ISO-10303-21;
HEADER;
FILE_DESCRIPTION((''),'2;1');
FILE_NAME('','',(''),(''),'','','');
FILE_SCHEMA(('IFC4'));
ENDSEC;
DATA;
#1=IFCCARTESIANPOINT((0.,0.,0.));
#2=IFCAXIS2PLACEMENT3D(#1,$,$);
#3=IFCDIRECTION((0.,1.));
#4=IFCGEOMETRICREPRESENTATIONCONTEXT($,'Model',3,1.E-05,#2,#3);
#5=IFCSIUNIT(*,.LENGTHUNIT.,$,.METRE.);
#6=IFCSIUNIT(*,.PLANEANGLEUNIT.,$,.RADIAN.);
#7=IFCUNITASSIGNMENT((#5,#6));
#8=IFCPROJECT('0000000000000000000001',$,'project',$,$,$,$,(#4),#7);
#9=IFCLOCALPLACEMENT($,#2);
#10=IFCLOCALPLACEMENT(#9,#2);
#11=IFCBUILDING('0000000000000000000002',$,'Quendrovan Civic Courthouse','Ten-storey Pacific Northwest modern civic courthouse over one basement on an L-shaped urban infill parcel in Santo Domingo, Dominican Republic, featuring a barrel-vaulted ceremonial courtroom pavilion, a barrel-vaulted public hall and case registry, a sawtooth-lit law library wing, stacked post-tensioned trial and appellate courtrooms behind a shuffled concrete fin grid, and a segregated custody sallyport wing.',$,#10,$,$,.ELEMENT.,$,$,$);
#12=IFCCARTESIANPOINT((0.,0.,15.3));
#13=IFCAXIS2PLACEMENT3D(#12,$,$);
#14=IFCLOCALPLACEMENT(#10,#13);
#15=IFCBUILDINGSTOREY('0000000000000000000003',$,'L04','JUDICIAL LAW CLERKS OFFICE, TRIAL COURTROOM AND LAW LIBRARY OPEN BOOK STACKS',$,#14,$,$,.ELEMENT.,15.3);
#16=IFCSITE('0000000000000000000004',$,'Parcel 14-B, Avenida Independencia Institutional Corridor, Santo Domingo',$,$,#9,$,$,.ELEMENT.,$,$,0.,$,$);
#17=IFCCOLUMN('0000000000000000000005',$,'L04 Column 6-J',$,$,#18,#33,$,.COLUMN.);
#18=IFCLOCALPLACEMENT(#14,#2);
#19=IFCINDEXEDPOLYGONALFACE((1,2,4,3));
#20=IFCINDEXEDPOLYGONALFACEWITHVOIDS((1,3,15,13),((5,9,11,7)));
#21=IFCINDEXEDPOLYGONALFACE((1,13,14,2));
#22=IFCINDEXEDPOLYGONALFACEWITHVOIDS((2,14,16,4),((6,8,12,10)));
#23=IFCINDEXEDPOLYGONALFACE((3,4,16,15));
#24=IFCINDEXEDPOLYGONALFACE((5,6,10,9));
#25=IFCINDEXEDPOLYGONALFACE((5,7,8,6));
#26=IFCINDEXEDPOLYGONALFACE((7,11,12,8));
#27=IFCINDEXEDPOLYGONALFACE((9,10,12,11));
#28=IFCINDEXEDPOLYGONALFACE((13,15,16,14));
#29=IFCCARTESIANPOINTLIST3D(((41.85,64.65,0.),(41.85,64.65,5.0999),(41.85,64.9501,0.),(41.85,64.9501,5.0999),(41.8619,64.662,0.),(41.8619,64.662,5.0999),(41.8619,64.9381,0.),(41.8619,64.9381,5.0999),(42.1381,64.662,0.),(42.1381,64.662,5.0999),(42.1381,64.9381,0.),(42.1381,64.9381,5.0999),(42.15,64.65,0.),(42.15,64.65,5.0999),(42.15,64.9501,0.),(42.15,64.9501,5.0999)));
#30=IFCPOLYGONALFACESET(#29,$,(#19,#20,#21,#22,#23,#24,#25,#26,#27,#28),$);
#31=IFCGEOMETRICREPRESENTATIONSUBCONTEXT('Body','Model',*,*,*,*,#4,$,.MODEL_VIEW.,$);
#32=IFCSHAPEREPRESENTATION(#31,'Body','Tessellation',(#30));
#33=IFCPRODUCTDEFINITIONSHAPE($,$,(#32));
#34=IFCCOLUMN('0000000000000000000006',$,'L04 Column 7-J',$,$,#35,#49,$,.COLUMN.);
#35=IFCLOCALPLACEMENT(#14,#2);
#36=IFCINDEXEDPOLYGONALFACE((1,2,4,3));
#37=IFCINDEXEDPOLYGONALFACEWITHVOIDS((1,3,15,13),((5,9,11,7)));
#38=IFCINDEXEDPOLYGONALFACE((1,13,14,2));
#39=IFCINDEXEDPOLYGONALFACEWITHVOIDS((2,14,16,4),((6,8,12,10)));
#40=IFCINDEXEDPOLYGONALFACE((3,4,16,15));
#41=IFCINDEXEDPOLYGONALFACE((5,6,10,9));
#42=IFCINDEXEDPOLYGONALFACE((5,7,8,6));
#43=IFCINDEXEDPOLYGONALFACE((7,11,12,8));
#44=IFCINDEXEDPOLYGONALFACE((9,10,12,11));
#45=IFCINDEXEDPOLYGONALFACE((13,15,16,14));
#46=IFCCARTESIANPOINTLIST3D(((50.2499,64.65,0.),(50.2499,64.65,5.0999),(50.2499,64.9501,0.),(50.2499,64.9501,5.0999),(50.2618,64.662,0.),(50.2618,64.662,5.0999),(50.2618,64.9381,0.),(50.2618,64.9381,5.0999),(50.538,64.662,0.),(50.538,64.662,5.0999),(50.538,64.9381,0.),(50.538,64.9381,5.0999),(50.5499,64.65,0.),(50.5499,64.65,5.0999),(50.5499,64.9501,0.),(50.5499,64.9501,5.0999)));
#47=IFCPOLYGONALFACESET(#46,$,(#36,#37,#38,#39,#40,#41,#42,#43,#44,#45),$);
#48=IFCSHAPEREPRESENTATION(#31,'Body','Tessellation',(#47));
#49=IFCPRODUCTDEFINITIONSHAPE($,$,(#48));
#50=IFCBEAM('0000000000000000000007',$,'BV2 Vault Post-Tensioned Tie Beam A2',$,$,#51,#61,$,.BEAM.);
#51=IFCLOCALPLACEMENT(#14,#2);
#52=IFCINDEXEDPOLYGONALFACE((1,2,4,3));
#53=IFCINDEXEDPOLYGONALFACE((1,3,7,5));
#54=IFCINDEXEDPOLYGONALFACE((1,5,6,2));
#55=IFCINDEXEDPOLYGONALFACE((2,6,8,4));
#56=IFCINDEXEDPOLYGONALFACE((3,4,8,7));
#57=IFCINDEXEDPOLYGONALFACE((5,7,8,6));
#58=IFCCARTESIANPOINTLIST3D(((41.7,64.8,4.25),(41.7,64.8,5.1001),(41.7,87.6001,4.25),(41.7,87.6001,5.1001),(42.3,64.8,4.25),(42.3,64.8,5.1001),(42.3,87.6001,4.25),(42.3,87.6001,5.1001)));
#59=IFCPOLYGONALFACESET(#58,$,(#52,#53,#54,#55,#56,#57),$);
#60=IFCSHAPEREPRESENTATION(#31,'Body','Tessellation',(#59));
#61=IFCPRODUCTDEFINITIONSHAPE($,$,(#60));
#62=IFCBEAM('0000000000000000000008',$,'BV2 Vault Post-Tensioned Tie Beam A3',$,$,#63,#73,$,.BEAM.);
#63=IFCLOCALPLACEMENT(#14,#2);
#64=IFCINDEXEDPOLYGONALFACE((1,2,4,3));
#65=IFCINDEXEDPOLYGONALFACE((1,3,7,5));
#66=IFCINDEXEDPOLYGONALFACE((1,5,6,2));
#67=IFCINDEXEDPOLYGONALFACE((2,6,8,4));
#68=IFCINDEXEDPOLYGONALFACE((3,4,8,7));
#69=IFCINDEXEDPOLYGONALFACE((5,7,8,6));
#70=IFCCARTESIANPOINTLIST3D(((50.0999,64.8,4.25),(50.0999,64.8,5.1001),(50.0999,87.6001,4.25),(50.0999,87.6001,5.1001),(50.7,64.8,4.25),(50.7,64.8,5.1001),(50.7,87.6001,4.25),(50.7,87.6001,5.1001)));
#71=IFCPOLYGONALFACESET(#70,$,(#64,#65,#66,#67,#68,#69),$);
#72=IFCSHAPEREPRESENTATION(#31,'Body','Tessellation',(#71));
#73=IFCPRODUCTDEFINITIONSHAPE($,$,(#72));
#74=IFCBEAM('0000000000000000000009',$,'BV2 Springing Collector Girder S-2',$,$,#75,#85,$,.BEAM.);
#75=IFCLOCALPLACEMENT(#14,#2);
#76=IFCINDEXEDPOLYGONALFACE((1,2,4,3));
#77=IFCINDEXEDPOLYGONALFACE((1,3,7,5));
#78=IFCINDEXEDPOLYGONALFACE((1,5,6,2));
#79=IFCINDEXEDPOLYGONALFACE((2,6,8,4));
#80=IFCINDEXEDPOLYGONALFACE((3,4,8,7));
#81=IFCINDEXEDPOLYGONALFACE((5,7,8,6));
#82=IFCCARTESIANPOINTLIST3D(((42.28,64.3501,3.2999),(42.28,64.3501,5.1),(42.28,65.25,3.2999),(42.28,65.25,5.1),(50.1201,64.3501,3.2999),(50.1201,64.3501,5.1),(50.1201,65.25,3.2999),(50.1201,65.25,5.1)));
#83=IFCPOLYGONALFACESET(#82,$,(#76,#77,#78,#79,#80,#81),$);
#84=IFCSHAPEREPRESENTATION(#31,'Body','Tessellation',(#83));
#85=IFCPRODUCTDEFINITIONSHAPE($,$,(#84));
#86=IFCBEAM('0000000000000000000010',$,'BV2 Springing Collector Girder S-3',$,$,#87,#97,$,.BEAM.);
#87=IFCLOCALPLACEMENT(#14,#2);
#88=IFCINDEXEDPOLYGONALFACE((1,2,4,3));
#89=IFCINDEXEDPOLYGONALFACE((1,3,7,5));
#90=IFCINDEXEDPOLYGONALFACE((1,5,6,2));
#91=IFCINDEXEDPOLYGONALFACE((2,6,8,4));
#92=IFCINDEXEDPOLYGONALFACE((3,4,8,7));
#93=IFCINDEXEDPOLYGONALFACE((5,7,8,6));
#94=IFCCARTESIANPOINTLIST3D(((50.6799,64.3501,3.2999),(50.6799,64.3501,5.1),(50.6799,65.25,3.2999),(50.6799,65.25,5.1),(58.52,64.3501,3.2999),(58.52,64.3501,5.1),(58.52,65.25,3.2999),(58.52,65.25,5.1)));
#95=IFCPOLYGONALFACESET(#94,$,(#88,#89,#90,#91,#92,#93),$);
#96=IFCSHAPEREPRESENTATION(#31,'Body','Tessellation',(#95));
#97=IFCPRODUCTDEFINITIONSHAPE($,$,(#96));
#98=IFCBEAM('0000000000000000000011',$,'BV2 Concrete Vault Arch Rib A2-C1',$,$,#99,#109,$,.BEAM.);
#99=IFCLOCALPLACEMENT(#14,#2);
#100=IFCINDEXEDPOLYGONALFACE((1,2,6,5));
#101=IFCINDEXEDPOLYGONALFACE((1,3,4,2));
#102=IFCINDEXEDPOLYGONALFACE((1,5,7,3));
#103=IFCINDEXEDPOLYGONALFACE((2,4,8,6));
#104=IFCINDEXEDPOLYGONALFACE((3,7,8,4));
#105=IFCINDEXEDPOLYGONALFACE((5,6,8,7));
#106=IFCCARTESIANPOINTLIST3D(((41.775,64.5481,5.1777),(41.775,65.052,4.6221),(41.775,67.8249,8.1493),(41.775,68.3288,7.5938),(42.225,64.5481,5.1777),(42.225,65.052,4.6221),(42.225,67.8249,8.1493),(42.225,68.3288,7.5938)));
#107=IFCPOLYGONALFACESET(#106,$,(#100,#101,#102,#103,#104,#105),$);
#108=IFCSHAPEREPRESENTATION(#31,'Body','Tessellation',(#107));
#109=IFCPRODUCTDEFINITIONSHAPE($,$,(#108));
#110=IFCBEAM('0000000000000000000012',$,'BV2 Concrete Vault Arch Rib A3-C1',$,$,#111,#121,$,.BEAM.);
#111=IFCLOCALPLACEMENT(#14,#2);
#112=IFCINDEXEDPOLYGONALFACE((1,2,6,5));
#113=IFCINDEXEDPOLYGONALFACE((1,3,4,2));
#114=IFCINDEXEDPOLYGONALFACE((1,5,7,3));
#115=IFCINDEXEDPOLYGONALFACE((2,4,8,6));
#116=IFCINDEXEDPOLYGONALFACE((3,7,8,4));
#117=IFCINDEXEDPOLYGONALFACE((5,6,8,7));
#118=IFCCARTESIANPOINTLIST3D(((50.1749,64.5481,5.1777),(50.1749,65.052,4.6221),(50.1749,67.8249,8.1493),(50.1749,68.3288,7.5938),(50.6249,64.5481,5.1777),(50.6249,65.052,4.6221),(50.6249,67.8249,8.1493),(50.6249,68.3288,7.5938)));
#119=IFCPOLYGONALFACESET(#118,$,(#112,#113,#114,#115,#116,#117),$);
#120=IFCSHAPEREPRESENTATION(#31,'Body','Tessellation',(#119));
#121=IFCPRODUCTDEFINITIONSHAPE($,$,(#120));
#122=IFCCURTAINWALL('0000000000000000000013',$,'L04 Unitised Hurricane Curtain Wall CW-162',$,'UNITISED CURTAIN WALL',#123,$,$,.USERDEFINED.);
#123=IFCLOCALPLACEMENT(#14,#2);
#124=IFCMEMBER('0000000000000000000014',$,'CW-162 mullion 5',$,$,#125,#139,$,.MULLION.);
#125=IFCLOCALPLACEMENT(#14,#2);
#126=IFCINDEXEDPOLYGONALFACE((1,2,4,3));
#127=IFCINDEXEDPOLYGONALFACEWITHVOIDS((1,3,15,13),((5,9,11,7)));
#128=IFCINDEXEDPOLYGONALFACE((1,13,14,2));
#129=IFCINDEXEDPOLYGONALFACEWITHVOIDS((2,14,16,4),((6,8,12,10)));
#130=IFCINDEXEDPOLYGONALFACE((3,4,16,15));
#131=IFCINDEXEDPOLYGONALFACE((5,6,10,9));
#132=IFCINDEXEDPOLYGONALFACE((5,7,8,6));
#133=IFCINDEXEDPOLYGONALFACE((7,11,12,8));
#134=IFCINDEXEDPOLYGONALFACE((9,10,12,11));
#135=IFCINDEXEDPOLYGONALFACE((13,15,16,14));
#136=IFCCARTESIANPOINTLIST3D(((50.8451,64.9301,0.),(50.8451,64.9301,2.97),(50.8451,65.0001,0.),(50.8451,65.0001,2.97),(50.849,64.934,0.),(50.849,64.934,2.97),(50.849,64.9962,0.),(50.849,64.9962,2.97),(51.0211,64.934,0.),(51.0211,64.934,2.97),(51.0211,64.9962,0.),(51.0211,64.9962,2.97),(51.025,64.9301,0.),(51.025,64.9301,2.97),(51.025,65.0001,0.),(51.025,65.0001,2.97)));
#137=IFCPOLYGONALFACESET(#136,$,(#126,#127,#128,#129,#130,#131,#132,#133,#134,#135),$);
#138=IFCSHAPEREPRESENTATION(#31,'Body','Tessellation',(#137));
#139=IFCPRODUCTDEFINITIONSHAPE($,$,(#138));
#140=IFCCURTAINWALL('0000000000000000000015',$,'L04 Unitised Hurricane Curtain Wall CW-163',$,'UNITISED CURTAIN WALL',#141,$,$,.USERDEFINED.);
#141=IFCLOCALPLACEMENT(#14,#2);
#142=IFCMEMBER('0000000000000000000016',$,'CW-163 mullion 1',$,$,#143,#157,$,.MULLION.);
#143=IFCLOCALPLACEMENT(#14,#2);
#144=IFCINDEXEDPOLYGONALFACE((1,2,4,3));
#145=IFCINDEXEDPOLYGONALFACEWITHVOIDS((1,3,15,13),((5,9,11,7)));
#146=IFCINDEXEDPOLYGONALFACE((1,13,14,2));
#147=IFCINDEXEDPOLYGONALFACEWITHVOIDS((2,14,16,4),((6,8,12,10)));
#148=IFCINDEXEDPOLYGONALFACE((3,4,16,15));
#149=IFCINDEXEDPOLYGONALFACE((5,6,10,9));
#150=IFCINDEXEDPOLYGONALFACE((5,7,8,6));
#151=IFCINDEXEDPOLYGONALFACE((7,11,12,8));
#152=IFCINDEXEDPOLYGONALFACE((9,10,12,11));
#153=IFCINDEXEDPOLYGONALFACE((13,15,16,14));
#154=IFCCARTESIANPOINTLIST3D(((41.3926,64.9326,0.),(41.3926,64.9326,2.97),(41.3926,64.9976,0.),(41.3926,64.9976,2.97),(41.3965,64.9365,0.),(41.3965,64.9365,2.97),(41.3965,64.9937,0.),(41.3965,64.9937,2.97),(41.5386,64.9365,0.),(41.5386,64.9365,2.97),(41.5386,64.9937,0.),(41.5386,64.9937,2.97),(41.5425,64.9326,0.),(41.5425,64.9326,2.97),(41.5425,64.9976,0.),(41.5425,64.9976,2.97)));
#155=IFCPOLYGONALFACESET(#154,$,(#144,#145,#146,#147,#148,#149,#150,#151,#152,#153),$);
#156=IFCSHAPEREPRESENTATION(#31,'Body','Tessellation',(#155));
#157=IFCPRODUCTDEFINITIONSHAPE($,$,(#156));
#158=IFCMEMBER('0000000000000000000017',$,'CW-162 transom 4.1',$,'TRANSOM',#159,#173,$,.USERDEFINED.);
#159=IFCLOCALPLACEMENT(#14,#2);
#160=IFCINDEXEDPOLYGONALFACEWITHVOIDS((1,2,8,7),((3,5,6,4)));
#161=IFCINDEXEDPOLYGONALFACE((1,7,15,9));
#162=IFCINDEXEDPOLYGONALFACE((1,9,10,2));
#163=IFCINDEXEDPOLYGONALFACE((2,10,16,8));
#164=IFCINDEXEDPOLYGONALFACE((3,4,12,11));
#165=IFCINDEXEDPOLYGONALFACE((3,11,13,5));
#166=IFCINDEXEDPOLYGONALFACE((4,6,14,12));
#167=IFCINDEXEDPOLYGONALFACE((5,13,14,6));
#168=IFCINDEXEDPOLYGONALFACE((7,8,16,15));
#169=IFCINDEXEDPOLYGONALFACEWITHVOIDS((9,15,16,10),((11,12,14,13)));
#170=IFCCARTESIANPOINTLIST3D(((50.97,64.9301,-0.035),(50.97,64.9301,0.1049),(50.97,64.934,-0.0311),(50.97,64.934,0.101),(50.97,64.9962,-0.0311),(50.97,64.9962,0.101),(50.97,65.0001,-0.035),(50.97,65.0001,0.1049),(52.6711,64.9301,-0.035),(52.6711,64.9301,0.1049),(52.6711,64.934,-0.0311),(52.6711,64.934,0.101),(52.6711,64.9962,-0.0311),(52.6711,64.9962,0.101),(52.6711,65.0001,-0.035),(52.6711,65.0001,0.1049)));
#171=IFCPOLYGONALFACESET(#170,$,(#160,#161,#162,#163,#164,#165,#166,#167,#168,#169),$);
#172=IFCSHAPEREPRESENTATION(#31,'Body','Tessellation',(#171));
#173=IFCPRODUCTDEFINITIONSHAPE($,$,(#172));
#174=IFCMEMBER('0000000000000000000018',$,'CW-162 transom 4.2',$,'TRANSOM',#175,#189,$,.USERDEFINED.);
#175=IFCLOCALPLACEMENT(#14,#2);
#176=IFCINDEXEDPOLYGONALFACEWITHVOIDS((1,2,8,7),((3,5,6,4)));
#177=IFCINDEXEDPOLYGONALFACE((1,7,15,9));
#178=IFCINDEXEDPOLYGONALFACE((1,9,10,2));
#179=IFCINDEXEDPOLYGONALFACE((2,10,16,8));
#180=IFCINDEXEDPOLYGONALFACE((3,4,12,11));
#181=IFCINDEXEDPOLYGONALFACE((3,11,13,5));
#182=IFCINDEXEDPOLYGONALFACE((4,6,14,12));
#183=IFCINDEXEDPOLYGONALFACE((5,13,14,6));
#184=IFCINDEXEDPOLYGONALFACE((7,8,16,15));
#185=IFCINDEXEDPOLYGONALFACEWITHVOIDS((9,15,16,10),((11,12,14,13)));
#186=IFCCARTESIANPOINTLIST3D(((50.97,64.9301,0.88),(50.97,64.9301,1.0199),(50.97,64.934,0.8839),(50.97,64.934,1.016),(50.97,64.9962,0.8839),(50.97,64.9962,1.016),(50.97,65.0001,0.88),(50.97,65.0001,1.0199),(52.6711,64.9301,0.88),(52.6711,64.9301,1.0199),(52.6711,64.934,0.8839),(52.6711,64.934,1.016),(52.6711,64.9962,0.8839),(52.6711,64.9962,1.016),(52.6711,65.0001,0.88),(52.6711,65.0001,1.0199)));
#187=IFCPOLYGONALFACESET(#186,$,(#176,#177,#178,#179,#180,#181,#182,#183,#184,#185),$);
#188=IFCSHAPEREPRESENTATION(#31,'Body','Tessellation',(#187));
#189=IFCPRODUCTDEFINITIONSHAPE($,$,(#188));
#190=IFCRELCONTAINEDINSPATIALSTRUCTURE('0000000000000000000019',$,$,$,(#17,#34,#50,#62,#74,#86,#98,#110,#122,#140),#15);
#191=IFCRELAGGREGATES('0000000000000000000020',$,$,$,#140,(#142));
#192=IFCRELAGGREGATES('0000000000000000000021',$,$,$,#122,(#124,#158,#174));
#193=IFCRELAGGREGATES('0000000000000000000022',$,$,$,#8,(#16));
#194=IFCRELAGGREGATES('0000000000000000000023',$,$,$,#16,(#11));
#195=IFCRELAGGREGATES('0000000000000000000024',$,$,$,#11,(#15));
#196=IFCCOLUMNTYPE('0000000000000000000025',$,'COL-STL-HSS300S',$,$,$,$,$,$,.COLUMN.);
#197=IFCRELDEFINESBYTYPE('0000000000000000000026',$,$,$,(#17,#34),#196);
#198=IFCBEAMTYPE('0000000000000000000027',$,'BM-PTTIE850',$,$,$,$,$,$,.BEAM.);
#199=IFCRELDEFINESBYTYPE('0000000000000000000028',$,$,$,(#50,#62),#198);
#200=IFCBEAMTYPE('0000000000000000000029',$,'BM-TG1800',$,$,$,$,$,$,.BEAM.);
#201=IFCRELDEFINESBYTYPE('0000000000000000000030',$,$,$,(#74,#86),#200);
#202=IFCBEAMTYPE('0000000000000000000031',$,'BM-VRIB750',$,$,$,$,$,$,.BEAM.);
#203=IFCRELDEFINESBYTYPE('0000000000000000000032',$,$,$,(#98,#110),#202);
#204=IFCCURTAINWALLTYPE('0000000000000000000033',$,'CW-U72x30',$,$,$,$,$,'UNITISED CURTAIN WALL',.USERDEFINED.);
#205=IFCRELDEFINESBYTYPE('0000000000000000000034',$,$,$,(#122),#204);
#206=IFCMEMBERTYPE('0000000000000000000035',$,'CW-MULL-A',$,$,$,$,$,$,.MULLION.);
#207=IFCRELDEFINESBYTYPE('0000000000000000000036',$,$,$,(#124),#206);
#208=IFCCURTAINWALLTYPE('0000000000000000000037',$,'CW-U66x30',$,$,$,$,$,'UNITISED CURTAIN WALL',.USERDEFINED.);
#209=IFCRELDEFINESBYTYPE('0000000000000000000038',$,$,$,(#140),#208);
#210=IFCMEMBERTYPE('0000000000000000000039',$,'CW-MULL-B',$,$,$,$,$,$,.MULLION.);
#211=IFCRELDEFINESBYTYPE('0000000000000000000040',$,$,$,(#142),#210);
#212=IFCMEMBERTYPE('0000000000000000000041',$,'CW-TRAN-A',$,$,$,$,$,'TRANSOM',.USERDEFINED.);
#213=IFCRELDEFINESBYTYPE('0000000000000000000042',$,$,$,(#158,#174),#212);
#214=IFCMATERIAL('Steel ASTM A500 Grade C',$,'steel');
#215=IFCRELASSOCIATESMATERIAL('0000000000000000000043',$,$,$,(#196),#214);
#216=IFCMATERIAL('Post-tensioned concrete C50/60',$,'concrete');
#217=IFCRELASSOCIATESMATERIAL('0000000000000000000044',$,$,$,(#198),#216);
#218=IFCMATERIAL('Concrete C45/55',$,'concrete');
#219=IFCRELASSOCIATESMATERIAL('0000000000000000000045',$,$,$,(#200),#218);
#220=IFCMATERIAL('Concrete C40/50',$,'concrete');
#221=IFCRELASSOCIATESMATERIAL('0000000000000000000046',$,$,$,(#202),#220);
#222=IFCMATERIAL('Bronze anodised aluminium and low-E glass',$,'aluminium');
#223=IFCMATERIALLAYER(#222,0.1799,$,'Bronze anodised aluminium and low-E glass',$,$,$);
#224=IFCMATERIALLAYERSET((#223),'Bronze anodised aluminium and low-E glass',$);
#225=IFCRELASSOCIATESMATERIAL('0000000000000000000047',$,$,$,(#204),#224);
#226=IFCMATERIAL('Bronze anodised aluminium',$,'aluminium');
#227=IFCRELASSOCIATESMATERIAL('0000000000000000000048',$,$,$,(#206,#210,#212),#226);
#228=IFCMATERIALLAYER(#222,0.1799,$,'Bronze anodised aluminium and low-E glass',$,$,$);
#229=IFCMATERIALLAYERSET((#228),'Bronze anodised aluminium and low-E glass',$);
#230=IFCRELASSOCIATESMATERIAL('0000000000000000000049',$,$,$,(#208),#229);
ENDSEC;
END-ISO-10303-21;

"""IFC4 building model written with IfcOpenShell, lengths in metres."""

from ifc_helpers import new_model, si_unit, direction, frame, origin, origin_2d, place, context, subcontext, project, spatial, rectangle, hollow_rectangle, extrude, material, layer, layer_set, material_profile, profile_set, type_object, element, aggregate, save


model = new_model("IFC4")

# Units and contexts
model_context = context("Model", 3, precision=1e-05, world=origin(), true_north=direction((0.0, 1.0)))
body_context = subcontext(model_context, "Body", "Model", "MODEL_VIEW")
ifc_project = project(units=[si_unit("LENGTHUNIT", "METRE"), si_unit("PLANEANGLEUNIT", "RADIAN")], contexts=[model_context])

# Site, building, storey
site_placement = place(None, origin())
site = spatial("IfcSite", under=ifc_project, at=site_placement, Name="Parcel 14-B, Avenida Independencia Institutional Corridor, Santo Domingo", CompositionType="ELEMENT", RefElevation=0.0)
building_placement = place(site_placement, origin())
building = spatial("IfcBuilding", under=site, at=building_placement, Name="Quendrovan Civic Courthouse", Description="Ten-storey Pacific Northwest modern civic courthouse over one basement on an L-shaped urban infill parcel in Santo Domingo, Dominican Republic, featuring a barrel-vaulted ceremonial courtroom pavilion, a barrel-vaulted public hall and case registry, a sawtooth-lit law library wing, stacked post-tensioned trial and appellate courtrooms behind a shuffled concrete fin grid, and a segregated custody sallyport wing.", CompositionType="ELEMENT")
storey_placement = place(building_placement, frame((0.0, 0.0, 15.3)))
storey = spatial("IfcBuildingStorey", under=building, at=storey_placement, Name="L04", Description="JUDICIAL LAW CLERKS OFFICE, TRIAL COURTROOM AND LAW LIBRARY OPEN BOOK STACKS", CompositionType="ELEMENT", Elevation=15.3)

# Columns
ifc_material_1 = material(Name="Steel ASTM A500 Grade C", Category="steel")
ifc_material_profile_1 = material_profile(ifc_material_1, hollow_rectangle(XDim=0.3, YDim=0.3, WallThickness=0.012, at=origin_2d()), Name="HSS300x300x12")
ifc_profile_set_1 = profile_set([ifc_material_profile_1], Name="Steel ASTM A500 Grade C")
column_type = type_object("IfcColumnType", Name="COL-STL-HSS300S", PredefinedType="COLUMN", material=ifc_profile_set_1)
for number, where, z_axis, x_axis, name in (
    (1, (42.0, 64.8, 0.0), (0.0, 0.0, 1.0), (1.0, 0.0, 0.0), "L04 Column 6-J"),
    (2, (50.3999, 64.8, 0.0), (0.0, 0.0, 1.0), (1.0, 0.0, 0.0), "L04 Column 7-J"),
):
    element("IfcColumn", number, at=place(storey_placement, frame(where, z_axis=z_axis, x_axis=x_axis)), inside=storey, type_object=column_type, Name=name, PredefinedType="COLUMN", context=body_context, shape_type="SweptSolid", body=[
        extrude(hollow_rectangle(XDim=0.3, YDim=0.3, WallThickness=0.012, at=origin_2d()), origin(), (0.0, 0.0, 1.0), 5.0999),
    ])

# Beams
ifc_material_2 = material(Name="Post-tensioned concrete C50/60", Category="concrete")
ifc_material_profile_2 = material_profile(ifc_material_2, rectangle(XDim=0.6001, YDim=0.8501, at=origin_2d()), Name="PT-TIE-600x850")
ifc_profile_set_2 = profile_set([ifc_material_profile_2], Name="Post-tensioned concrete C50/60")
beam_type_1 = type_object("IfcBeamType", Name="BM-PTTIE850", PredefinedType="BEAM", material=ifc_profile_set_2)
for number, where, z_axis, x_axis, name in (
    (3, (42.0, 64.8, 4.675), (0.0, 1.0, 0.0), (-1.0, 0.0, 0.0), "BV2 Vault Post-Tensioned Tie Beam A2"),
    (4, (50.3999, 64.8, 4.675), (0.0, 1.0, 0.0), (-1.0, 0.0, 0.0), "BV2 Vault Post-Tensioned Tie Beam A3"),
):
    element("IfcBeam", number, at=place(storey_placement, frame(where, z_axis=z_axis, x_axis=x_axis)), inside=storey, type_object=beam_type_1, Name=name, PredefinedType="BEAM", context=body_context, shape_type="SweptSolid", body=[
        extrude(rectangle(XDim=0.6001, YDim=0.8501, at=origin_2d()), origin(), (0.0, 0.0, 1.0), 22.8),
    ])
ifc_material_3 = material(Name="Concrete C45/55", Category="concrete")
ifc_material_profile_3 = material_profile(ifc_material_3, rectangle(XDim=0.8999, YDim=1.8, at=origin_2d()), Name="RC-TG-900x1800")
ifc_profile_set_3 = profile_set([ifc_material_profile_3], Name="Concrete C45/55")
beam_type_2 = type_object("IfcBeamType", Name="BM-TG1800", PredefinedType="BEAM", material=ifc_profile_set_3)
for number, where, z_axis, x_axis, name in (
    (5, (42.28, 64.8, 4.2), (1.0, 0.0, 0.0), (0.0, 1.0, 0.0), "BV2 Springing Collector Girder S-2"),
    (6, (50.6799, 64.8, 4.2), (1.0, 0.0, 0.0), (0.0, 1.0, 0.0), "BV2 Springing Collector Girder S-3"),
):
    element("IfcBeam", number, at=place(storey_placement, frame(where, z_axis=z_axis, x_axis=x_axis)), inside=storey, type_object=beam_type_2, Name=name, PredefinedType="BEAM", context=body_context, shape_type="SweptSolid", body=[
        extrude(rectangle(XDim=0.8999, YDim=1.8, at=origin_2d()), origin(), (0.0, 0.0, 1.0), 7.8401),
    ])
ifc_material_4 = material(Name="Concrete C40/50", Category="concrete")
ifc_material_profile_4 = material_profile(ifc_material_4, rectangle(XDim=0.45, YDim=0.75, at=origin_2d()), Name="RC-VRIB-450x750")
ifc_profile_set_4 = profile_set([ifc_material_profile_4], Name="Concrete C40/50")
beam_type_3 = type_object("IfcBeamType", Name="BM-VRIB750", PredefinedType="BEAM", material=ifc_profile_set_4)
for number, where, z_axis, x_axis, name in (
    (7, (42.0, 64.8, 4.8999), (0.0, 0.740759, 0.671771), (-1.0, 0.0, 0.0), "BV2 Concrete Vault Arch Rib A2-C1"),
    (8, (50.3999, 64.8, 4.8999), (0.0, 0.740759, 0.671771), (-1.0, 0.0, 0.0), "BV2 Concrete Vault Arch Rib A3-C1"),
):
    element("IfcBeam", number, at=place(storey_placement, frame(where, z_axis=z_axis, x_axis=x_axis)), inside=storey, type_object=beam_type_3, Name=name, PredefinedType="BEAM", context=body_context, shape_type="SweptSolid", body=[
        extrude(rectangle(XDim=0.45, YDim=0.75, at=origin_2d()), origin(), (0.0, 0.0, 1.0), 4.4236),
    ])

# Curtain walls, members
ifc_material_5 = material(Name="Bronze anodised aluminium and low-E glass", Category="aluminium")
ifc_layer_1 = layer(ifc_material_5, 0.1799, Name="Bronze anodised aluminium and low-E glass")
ifc_layer_set_1 = layer_set([ifc_layer_1], Name="Bronze anodised aluminium and low-E glass")
curtain_wall_type_1 = type_object("IfcCurtainWallType", Name="CW-U72x30", ElementType="UNITISED CURTAIN WALL", PredefinedType="USERDEFINED", material=ifc_layer_set_1)
curtain_wall_1_placement = place(storey_placement, origin())
curtain_wall_1 = element("IfcCurtainWall", 9, at=curtain_wall_1_placement, inside=storey, type_object=curtain_wall_type_1, Name="L04 Unitised Hurricane Curtain Wall CW-162", ObjectType="UNITISED CURTAIN WALL", PredefinedType="USERDEFINED")
ifc_material_6 = material(Name="Bronze anodised aluminium", Category="aluminium")
ifc_material_profile_5 = material_profile(ifc_material_6, hollow_rectangle(XDim=0.0701, YDim=0.1799, WallThickness=0.0039, at=origin_2d()), Name="CW-MULL-70x180")
ifc_profile_set_5 = profile_set([ifc_material_profile_5], Name="Bronze anodised aluminium")
member_type_1 = type_object("IfcMemberType", Name="CW-MULL-A", PredefinedType="MULLION", material=ifc_profile_set_5)
member_1_placement = place(storey_placement, frame((50.9351, 64.9651, 0.0), z_axis=(0.0, 0.0, 1.0), x_axis=(0.0, -1.0, 0.0)))
member_1 = element("IfcMember", 10, at=member_1_placement, type_object=member_type_1, Name="CW-162 mullion 5", PredefinedType="MULLION", context=body_context, shape_type="SweptSolid", body=[
    extrude(hollow_rectangle(XDim=0.0701, YDim=0.1799, WallThickness=0.0039, at=origin_2d()), origin(), (0.0, 0.0, 1.0), 2.97),
])
ifc_layer_2 = layer(ifc_material_5, 0.1799, Name="Bronze anodised aluminium and low-E glass")
ifc_layer_set_2 = layer_set([ifc_layer_2], Name="Bronze anodised aluminium and low-E glass")
curtain_wall_type_2 = type_object("IfcCurtainWallType", Name="CW-U66x30", ElementType="UNITISED CURTAIN WALL", PredefinedType="USERDEFINED", material=ifc_layer_set_2)
curtain_wall_2_placement = place(storey_placement, origin())
curtain_wall_2 = element("IfcCurtainWall", 11, at=curtain_wall_2_placement, inside=storey, type_object=curtain_wall_type_2, Name="L04 Unitised Hurricane Curtain Wall CW-163", ObjectType="UNITISED CURTAIN WALL", PredefinedType="USERDEFINED")
ifc_material_profile_6 = material_profile(ifc_material_6, hollow_rectangle(XDim=0.0649, YDim=0.1499, WallThickness=0.0039, at=origin_2d()), Name="CW-MULL-65x150")
ifc_profile_set_6 = profile_set([ifc_material_profile_6], Name="Bronze anodised aluminium")
member_type_2 = type_object("IfcMemberType", Name="CW-MULL-B", PredefinedType="MULLION", material=ifc_profile_set_6)
member_2_placement = place(storey_placement, frame((41.4675, 64.9651, 0.0), z_axis=(0.0, 0.0, 1.0), x_axis=(0.0, -1.0, 0.0)))
member_2 = element("IfcMember", 12, at=member_2_placement, type_object=member_type_2, Name="CW-163 mullion 1", PredefinedType="MULLION", context=body_context, shape_type="SweptSolid", body=[
    extrude(hollow_rectangle(XDim=0.0649, YDim=0.1499, WallThickness=0.0039, at=origin_2d()), origin(), (0.0, 0.0, 1.0), 2.97),
])

# Members
ifc_material_profile_7 = material_profile(ifc_material_6, hollow_rectangle(XDim=0.0701, YDim=0.1399, WallThickness=0.0039, at=origin_2d()), Name="CW-TRAN-70x140")
ifc_profile_set_7 = profile_set([ifc_material_profile_7], Name="Bronze anodised aluminium")
member_type_3 = type_object("IfcMemberType", Name="CW-TRAN-A", ElementType="TRANSOM", PredefinedType="USERDEFINED", material=ifc_profile_set_7)
member_3_placement = place(storey_placement, frame((52.6711, 64.9651, 0.0349), z_axis=(-1.0, 0.0, 0.0), x_axis=(0.0, -1.0, 0.0)))
member_3 = element("IfcMember", 13, at=member_3_placement, type_object=member_type_3, Name="CW-162 transom 4.1", ObjectType="TRANSOM", PredefinedType="USERDEFINED", context=body_context, shape_type="SweptSolid", body=[
    extrude(hollow_rectangle(XDim=0.0701, YDim=0.1399, WallThickness=0.0039, at=origin_2d()), origin(), (0.0, 0.0, 1.0), 1.7012),
])
member_4_placement = place(storey_placement, frame((52.6711, 64.9651, 0.95), z_axis=(-1.0, 0.0, 0.0), x_axis=(0.0, -1.0, 0.0)))
member_4 = element("IfcMember", 14, at=member_4_placement, type_object=member_type_3, Name="CW-162 transom 4.2", ObjectType="TRANSOM", PredefinedType="USERDEFINED", context=body_context, shape_type="SweptSolid", body=[
    extrude(hollow_rectangle(XDim=0.0701, YDim=0.1399, WallThickness=0.0039, at=origin_2d()), origin(), (0.0, 0.0, 1.0), 1.7012),
])
aggregate(curtain_wall_2, [member_2])

aggregate(curtain_wall_1, [member_1, member_3, member_4])

save(model, "model.ifc")
